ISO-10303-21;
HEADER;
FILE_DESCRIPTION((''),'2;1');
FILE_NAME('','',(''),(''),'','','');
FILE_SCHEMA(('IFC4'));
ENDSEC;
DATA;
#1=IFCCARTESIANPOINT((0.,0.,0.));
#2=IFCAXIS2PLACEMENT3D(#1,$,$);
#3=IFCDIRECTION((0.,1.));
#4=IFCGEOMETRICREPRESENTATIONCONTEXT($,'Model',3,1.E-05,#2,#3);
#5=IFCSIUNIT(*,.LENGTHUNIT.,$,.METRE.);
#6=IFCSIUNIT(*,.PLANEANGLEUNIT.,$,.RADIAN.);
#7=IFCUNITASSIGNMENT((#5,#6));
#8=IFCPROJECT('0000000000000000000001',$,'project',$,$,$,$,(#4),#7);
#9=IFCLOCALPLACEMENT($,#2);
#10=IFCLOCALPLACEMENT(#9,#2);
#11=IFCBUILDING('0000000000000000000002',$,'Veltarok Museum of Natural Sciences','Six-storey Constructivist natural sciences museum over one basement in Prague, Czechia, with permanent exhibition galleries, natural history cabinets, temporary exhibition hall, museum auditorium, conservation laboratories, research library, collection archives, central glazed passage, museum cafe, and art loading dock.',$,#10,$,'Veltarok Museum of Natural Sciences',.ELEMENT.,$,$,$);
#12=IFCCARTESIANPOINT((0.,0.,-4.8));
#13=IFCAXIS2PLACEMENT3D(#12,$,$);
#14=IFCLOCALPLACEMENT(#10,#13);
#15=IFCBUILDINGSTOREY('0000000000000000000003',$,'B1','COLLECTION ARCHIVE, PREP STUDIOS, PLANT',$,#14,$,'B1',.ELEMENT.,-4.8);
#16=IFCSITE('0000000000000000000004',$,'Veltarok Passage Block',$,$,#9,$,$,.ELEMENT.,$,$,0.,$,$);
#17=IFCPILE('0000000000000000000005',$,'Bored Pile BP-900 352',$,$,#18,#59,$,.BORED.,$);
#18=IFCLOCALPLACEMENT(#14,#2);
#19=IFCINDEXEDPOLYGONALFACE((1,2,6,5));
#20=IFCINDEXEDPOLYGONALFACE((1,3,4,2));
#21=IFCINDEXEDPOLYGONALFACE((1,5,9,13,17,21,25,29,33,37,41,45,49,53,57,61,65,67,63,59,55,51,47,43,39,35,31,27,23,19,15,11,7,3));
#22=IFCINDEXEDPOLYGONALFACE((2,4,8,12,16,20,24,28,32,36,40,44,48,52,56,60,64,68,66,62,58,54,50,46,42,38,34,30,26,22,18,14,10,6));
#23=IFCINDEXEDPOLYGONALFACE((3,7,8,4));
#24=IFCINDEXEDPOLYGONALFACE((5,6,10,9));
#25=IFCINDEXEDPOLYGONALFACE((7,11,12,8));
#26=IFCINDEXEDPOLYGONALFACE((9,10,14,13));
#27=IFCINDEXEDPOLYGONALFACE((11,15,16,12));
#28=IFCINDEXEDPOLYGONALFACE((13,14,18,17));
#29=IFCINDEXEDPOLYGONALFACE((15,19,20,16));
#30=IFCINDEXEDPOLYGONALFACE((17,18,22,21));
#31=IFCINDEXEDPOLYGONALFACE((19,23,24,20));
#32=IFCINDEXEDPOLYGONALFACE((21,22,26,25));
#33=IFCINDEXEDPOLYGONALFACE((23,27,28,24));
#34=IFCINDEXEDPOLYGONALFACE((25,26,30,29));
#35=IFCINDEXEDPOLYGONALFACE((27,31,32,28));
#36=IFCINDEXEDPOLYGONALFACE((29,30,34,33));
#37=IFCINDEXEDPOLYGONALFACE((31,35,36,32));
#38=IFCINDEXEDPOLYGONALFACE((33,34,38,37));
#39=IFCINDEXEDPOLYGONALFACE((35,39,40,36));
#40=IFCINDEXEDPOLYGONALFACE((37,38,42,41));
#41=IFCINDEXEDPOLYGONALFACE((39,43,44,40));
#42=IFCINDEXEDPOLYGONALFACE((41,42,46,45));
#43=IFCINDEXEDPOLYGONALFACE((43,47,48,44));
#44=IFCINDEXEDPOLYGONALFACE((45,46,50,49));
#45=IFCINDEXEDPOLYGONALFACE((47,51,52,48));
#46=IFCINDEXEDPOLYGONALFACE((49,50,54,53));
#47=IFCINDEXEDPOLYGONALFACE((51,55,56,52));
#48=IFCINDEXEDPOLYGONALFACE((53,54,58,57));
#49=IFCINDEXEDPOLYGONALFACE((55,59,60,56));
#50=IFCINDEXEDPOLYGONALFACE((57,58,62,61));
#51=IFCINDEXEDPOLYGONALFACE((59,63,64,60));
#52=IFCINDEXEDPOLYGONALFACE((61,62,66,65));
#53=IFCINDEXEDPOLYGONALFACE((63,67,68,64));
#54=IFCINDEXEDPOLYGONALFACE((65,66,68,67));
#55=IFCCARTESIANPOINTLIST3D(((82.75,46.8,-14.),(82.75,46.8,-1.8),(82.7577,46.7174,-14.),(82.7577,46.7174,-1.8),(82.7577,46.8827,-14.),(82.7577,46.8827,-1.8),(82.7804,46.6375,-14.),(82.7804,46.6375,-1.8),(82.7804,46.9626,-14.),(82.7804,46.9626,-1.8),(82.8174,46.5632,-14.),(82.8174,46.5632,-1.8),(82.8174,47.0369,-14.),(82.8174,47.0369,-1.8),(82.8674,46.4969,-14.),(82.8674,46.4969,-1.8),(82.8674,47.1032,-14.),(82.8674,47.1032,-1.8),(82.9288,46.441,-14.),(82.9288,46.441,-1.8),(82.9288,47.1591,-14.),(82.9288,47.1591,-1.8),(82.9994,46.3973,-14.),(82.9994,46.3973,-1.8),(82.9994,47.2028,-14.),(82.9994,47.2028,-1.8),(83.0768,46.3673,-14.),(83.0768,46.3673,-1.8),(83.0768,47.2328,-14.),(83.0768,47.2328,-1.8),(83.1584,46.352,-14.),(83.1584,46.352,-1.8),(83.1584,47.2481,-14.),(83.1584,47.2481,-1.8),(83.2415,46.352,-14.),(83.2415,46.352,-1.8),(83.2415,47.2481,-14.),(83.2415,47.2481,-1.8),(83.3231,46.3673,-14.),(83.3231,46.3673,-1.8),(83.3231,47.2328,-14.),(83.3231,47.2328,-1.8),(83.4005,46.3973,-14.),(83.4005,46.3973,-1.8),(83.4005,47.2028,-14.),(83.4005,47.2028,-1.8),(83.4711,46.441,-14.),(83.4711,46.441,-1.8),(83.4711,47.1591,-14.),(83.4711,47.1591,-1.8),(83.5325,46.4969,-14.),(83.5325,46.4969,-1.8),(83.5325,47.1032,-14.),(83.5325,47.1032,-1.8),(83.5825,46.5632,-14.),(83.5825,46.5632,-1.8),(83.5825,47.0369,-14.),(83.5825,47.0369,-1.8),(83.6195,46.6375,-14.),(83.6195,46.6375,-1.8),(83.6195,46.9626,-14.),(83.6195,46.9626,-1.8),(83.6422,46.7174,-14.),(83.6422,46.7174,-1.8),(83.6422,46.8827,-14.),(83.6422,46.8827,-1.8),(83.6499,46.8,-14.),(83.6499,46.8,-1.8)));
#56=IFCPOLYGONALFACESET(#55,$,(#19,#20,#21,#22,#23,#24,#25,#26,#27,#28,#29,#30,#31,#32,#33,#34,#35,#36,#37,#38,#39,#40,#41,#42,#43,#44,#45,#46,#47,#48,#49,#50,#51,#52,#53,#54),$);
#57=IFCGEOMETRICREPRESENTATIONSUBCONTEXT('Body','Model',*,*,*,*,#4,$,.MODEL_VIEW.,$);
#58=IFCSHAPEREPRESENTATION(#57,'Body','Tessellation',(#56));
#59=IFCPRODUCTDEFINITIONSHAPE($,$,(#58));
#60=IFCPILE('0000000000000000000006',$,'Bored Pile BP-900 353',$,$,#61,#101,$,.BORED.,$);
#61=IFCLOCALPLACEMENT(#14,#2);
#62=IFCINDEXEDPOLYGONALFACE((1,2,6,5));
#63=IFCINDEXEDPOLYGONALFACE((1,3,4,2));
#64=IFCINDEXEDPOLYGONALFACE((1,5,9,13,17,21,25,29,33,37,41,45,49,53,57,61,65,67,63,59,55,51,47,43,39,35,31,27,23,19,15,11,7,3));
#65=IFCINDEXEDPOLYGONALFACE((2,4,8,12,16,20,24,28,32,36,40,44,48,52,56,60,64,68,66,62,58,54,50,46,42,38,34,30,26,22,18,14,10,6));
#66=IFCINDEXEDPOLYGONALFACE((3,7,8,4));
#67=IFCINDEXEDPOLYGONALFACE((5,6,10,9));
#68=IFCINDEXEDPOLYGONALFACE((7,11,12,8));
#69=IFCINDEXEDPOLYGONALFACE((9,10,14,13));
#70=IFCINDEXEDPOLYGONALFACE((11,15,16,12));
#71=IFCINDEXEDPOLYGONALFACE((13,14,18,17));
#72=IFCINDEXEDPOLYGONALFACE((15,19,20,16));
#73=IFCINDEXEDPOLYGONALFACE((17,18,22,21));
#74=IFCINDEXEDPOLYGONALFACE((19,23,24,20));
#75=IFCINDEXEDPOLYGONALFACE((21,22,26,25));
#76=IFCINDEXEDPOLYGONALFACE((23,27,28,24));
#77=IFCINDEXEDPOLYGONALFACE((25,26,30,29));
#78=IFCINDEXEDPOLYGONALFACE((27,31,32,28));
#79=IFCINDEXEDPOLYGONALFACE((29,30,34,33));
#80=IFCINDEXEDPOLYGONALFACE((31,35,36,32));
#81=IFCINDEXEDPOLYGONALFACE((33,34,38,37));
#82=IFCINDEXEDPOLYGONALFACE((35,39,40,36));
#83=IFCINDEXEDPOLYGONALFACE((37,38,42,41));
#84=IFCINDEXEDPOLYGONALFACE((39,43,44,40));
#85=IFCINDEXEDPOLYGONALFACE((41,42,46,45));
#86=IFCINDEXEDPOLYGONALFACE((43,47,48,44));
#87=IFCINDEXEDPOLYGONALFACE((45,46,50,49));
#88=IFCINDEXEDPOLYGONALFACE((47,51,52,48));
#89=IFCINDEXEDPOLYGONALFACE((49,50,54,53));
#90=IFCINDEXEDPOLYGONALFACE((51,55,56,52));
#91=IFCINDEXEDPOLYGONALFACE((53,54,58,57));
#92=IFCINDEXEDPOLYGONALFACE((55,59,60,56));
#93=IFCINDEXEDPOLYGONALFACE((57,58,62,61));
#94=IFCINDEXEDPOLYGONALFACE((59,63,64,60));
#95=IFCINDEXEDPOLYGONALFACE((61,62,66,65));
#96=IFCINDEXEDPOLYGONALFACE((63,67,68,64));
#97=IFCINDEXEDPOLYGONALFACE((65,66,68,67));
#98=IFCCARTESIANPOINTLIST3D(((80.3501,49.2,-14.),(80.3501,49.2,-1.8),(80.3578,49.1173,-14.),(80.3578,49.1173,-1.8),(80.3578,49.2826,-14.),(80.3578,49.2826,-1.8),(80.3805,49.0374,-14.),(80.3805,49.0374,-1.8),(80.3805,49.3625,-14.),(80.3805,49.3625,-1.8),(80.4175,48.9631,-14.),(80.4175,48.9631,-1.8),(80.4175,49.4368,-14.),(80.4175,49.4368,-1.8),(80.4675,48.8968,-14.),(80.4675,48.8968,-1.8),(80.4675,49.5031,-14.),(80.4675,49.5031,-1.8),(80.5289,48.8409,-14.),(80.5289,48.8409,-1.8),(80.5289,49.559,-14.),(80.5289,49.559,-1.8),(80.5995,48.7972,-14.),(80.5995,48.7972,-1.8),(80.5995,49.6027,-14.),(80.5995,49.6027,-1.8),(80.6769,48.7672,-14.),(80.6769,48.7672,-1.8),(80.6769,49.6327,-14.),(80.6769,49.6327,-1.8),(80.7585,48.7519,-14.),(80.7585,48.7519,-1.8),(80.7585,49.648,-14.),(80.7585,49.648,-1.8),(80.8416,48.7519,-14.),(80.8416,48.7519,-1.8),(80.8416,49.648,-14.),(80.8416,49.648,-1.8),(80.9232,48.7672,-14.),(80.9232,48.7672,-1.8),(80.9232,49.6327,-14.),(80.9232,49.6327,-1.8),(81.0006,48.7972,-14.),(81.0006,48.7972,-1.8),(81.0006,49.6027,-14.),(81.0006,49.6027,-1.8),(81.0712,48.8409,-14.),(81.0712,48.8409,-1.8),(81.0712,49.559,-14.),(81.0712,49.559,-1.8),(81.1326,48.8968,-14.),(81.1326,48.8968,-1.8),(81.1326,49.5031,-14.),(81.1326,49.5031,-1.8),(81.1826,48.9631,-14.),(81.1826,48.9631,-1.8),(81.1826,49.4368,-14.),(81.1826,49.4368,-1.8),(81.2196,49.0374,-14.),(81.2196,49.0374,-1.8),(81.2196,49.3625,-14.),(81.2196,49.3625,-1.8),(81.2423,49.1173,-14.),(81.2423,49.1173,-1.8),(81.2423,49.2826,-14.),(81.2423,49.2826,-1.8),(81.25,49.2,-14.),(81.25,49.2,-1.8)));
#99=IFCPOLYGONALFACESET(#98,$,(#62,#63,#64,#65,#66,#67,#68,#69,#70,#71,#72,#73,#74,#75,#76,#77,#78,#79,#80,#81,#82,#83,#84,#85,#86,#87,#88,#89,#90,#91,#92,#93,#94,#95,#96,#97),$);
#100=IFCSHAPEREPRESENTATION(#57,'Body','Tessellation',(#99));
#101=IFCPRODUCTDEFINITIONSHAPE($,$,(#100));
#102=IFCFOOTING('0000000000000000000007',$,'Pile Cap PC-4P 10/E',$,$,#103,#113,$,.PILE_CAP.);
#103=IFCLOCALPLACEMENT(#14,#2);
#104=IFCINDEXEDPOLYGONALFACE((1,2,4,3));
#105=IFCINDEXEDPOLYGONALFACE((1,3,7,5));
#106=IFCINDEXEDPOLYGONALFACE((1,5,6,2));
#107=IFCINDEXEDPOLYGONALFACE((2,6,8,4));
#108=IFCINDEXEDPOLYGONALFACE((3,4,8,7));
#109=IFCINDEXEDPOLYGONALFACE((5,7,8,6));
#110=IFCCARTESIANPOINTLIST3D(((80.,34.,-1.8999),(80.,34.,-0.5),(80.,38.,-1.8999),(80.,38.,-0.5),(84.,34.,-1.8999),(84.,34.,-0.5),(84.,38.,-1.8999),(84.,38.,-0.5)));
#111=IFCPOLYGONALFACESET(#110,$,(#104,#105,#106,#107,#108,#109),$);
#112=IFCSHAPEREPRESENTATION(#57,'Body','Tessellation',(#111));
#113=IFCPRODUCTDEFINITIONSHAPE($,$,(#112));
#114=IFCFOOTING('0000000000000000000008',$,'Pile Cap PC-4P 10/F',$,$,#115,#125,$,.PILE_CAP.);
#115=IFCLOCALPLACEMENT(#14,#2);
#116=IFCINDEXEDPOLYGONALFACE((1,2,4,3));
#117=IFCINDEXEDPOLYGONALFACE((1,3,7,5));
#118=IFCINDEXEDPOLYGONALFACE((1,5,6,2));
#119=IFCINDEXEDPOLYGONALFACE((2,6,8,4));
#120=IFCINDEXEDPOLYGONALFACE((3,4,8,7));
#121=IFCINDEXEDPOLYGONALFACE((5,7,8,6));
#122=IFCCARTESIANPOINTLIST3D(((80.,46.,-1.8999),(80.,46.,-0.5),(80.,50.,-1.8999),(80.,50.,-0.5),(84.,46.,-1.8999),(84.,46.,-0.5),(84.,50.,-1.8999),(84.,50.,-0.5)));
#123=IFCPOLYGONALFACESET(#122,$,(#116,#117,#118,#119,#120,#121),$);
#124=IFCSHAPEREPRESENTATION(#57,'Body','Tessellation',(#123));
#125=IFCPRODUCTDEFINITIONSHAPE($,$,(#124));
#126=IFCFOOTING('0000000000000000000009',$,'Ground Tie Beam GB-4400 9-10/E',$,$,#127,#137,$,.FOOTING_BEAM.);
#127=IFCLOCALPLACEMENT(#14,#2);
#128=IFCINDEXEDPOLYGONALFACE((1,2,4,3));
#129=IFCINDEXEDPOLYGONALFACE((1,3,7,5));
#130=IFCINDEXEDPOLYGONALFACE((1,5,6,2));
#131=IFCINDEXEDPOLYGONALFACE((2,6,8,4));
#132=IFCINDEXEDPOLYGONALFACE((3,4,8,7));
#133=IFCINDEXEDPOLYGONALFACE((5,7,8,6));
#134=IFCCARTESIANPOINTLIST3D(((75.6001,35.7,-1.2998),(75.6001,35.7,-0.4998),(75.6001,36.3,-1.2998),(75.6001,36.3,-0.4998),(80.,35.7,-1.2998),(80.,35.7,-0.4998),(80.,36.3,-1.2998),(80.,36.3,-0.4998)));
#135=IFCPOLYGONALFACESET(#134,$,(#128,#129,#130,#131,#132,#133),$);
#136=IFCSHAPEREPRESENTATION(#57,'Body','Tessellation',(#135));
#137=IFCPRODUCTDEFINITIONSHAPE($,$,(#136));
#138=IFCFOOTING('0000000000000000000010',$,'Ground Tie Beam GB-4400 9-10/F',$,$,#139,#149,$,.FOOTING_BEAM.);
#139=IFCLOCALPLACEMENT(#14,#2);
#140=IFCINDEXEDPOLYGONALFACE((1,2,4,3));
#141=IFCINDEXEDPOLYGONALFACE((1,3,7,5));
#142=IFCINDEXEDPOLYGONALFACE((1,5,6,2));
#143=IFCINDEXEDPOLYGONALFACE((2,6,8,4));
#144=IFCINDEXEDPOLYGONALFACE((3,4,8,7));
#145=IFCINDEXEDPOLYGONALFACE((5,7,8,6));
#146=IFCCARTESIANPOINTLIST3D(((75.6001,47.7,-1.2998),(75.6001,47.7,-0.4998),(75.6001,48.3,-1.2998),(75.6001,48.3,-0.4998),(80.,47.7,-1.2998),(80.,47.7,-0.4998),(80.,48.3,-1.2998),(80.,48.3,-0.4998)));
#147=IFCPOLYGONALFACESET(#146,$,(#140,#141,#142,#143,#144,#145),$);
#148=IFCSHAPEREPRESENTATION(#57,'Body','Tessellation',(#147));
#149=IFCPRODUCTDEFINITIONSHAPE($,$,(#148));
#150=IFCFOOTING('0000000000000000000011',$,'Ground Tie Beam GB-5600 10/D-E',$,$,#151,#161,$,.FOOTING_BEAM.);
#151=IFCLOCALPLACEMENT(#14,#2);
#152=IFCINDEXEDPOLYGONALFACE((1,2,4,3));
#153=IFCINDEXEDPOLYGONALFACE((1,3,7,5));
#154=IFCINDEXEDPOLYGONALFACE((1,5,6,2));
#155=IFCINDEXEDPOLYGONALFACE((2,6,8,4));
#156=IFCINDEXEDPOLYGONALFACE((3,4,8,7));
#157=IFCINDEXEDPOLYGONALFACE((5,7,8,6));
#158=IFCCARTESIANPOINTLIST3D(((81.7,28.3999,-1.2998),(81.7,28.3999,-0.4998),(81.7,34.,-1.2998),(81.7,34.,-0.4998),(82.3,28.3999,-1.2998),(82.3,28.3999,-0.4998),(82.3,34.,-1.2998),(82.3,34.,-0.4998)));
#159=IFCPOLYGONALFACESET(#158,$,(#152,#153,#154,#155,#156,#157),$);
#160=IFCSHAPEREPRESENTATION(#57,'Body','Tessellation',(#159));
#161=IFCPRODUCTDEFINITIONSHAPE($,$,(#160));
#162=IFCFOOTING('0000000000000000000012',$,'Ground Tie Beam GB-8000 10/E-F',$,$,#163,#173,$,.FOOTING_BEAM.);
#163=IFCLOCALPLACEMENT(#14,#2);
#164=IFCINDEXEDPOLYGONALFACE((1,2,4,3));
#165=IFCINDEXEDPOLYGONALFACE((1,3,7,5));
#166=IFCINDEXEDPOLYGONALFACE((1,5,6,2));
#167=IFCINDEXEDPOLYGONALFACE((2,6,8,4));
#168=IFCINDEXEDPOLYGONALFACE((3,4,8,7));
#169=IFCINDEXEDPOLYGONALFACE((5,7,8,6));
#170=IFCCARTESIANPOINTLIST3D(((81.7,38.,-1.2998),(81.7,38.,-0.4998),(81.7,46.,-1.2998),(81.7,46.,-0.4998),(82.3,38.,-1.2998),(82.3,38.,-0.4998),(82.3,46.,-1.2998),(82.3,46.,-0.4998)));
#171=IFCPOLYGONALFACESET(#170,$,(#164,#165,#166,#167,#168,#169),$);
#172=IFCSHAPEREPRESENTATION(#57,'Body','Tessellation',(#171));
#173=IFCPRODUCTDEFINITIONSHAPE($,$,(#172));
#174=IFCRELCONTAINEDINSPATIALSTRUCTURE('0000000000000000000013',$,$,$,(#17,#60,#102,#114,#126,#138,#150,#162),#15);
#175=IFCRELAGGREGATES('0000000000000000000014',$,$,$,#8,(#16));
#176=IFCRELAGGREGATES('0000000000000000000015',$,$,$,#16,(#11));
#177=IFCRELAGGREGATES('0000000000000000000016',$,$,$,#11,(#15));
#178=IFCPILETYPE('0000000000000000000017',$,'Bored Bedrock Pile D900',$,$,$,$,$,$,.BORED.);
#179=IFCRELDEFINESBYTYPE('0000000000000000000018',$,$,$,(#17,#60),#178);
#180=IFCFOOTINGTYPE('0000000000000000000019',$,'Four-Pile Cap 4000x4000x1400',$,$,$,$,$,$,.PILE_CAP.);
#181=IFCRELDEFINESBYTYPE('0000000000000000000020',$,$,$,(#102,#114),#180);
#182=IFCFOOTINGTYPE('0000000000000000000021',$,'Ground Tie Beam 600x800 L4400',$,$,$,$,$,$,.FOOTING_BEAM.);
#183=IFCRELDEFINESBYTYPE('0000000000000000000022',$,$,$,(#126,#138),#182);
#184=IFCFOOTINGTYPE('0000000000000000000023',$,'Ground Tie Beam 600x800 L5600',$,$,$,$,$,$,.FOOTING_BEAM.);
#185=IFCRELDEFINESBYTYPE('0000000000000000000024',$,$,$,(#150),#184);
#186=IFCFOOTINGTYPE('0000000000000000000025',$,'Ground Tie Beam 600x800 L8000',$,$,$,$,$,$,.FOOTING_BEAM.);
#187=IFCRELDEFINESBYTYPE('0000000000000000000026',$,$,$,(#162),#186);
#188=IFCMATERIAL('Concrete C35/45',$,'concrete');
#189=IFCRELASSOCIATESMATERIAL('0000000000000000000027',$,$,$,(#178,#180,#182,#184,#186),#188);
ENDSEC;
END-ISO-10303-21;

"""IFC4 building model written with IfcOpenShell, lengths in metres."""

from ifc_helpers import new_model, si_unit, direction, frame, origin, origin_2d, place, context, subcontext, project, spatial, rectangle, circle, extrude, material, material_profile, profile_set, type_object, element, save


model = new_model("IFC4")

# Units and contexts
model_context = context("Model", 3, precision=1e-05, world=origin(), true_north=direction((0.0, 1.0)))
body_context = subcontext(model_context, "Body", "Model", "MODEL_VIEW")
ifc_project = project(units=[si_unit("LENGTHUNIT", "METRE"), si_unit("PLANEANGLEUNIT", "RADIAN")], contexts=[model_context])

# Site, building, storey
site_placement = place(None, origin())
site = spatial("IfcSite", under=ifc_project, at=site_placement, Name="Veltarok Passage Block", CompositionType="ELEMENT", RefElevation=0.0)
building_placement = place(site_placement, origin())
building = spatial("IfcBuilding", under=site, at=building_placement, Name="Veltarok Museum of Natural Sciences", Description="Six-storey Constructivist natural sciences museum over one basement in Prague, Czechia, with permanent exhibition galleries, natural history cabinets, temporary exhibition hall, museum auditorium, conservation laboratories, research library, collection archives, central glazed passage, museum cafe, and art loading dock.", LongName="Veltarok Museum of Natural Sciences", CompositionType="ELEMENT")
storey_placement = place(building_placement, frame((0.0, 0.0, -4.8)))
storey = spatial("IfcBuildingStorey", under=building, at=storey_placement, Name="B1", Description="COLLECTION ARCHIVE, PREP STUDIOS, PLANT", LongName="B1", CompositionType="ELEMENT", Elevation=-4.8)

# Piles
ifc_material_1 = material(Name="Concrete C35/45", Category="concrete")
ifc_material_profile_1 = material_profile(ifc_material_1, circle(Radius=0.45, at=origin_2d()), Name="BP D900")
ifc_profile_set_1 = profile_set([ifc_material_profile_1], Name="Concrete C35/45")
pile_type = type_object("IfcPileType", Name="Bored Bedrock Pile D900", PredefinedType="BORED", material=ifc_profile_set_1)
for number, where, z_axis, x_axis, name in (
    (1, (83.2, 46.8, -1.8), (0.0, 0.0, -1.0), (1.0, 0.0, 0.0), "Bored Pile BP-900 352"),
    (2, (80.8, 49.2, -1.8), (0.0, 0.0, -1.0), (1.0, 0.0, 0.0), "Bored Pile BP-900 353"),
):
    element("IfcPile", number, at=place(storey_placement, frame(where, z_axis=z_axis, x_axis=x_axis)), inside=storey, type_object=pile_type, Name=name, PredefinedType="BORED", context=body_context, shape_type="SweptSolid", body=[
        extrude(circle(Radius=0.45, at=origin_2d()), origin(), (0.0, 0.0, 1.0), 12.2),
    ])

# Footings
footing_type_1 = type_object("IfcFootingType", Name="Four-Pile Cap 4000x4000x1400", PredefinedType="PILE_CAP", material=ifc_material_1)
for number, where, z_axis, x_axis, name in (
    (3, (82.0, 36.0, -1.8999), (0.0, 0.0, 1.0), (1.0, 0.0, 0.0), "Pile Cap PC-4P 10/E"),
    (4, (82.0, 48.0, -1.8999), (0.0, 0.0, 1.0), (1.0, 0.0, 0.0), "Pile Cap PC-4P 10/F"),
):
    element("IfcFooting", number, at=place(storey_placement, frame(where, z_axis=z_axis, x_axis=x_axis)), inside=storey, type_object=footing_type_1, Name=name, PredefinedType="PILE_CAP", context=body_context, shape_type="SweptSolid", body=[
        extrude(rectangle(XDim=4.0, YDim=4.0, at=origin_2d()), origin(), (0.0, 0.0, 1.0), 1.3999),
    ])
footing_type_2 = type_object("IfcFootingType", Name="Ground Tie Beam 600x800 L4400", PredefinedType="FOOTING_BEAM", material=ifc_material_1)
for number, where, z_axis, x_axis, name in (
    (5, (77.8, 36.0, -1.2998), (0.0, 0.0, 1.0), (1.0, 0.0, 0.0), "Ground Tie Beam GB-4400 9-10/E"),
    (6, (77.8, 48.0, -1.2998), (0.0, 0.0, 1.0), (1.0, 0.0, 0.0), "Ground Tie Beam GB-4400 9-10/F"),
):
    element("IfcFooting", number, at=place(storey_placement, frame(where, z_axis=z_axis, x_axis=x_axis)), inside=storey, type_object=footing_type_2, Name=name, PredefinedType="FOOTING_BEAM", context=body_context, shape_type="SweptSolid", body=[
        extrude(rectangle(XDim=4.3999, YDim=0.6001, at=origin_2d()), origin(), (0.0, 0.0, 1.0), 0.8),
    ])
footing_type_3 = type_object("IfcFootingType", Name="Ground Tie Beam 600x800 L5600", PredefinedType="FOOTING_BEAM", material=ifc_material_1)
footing_1_placement = place(storey_placement, frame((82.0, 31.2, -1.2998), z_axis=(0.0, 0.0, 1.0), x_axis=(0.0, 1.0, 0.0)))
element("IfcFooting", 7, at=footing_1_placement, inside=storey, type_object=footing_type_3, Name="Ground Tie Beam GB-5600 10/D-E", PredefinedType="FOOTING_BEAM", context=body_context, shape_type="SweptSolid", body=[
    extrude(rectangle(XDim=5.6001, YDim=0.6001, at=origin_2d()), origin(), (0.0, 0.0, 1.0), 0.8),
])
footing_type_4 = type_object("IfcFootingType", Name="Ground Tie Beam 600x800 L8000", PredefinedType="FOOTING_BEAM", material=ifc_material_1)
footing_2_placement = place(storey_placement, frame((82.0, 42.0, -1.2998), z_axis=(0.0, 0.0, 1.0), x_axis=(0.0, 1.0, 0.0)))
element("IfcFooting", 8, at=footing_2_placement, inside=storey, type_object=footing_type_4, Name="Ground Tie Beam GB-8000 10/E-F", PredefinedType="FOOTING_BEAM", context=body_context, shape_type="SweptSolid", body=[
    extrude(rectangle(XDim=8.0, YDim=0.6001, at=origin_2d()), origin(), (0.0, 0.0, 1.0), 0.8),
])

save(model, "model.ifc")
